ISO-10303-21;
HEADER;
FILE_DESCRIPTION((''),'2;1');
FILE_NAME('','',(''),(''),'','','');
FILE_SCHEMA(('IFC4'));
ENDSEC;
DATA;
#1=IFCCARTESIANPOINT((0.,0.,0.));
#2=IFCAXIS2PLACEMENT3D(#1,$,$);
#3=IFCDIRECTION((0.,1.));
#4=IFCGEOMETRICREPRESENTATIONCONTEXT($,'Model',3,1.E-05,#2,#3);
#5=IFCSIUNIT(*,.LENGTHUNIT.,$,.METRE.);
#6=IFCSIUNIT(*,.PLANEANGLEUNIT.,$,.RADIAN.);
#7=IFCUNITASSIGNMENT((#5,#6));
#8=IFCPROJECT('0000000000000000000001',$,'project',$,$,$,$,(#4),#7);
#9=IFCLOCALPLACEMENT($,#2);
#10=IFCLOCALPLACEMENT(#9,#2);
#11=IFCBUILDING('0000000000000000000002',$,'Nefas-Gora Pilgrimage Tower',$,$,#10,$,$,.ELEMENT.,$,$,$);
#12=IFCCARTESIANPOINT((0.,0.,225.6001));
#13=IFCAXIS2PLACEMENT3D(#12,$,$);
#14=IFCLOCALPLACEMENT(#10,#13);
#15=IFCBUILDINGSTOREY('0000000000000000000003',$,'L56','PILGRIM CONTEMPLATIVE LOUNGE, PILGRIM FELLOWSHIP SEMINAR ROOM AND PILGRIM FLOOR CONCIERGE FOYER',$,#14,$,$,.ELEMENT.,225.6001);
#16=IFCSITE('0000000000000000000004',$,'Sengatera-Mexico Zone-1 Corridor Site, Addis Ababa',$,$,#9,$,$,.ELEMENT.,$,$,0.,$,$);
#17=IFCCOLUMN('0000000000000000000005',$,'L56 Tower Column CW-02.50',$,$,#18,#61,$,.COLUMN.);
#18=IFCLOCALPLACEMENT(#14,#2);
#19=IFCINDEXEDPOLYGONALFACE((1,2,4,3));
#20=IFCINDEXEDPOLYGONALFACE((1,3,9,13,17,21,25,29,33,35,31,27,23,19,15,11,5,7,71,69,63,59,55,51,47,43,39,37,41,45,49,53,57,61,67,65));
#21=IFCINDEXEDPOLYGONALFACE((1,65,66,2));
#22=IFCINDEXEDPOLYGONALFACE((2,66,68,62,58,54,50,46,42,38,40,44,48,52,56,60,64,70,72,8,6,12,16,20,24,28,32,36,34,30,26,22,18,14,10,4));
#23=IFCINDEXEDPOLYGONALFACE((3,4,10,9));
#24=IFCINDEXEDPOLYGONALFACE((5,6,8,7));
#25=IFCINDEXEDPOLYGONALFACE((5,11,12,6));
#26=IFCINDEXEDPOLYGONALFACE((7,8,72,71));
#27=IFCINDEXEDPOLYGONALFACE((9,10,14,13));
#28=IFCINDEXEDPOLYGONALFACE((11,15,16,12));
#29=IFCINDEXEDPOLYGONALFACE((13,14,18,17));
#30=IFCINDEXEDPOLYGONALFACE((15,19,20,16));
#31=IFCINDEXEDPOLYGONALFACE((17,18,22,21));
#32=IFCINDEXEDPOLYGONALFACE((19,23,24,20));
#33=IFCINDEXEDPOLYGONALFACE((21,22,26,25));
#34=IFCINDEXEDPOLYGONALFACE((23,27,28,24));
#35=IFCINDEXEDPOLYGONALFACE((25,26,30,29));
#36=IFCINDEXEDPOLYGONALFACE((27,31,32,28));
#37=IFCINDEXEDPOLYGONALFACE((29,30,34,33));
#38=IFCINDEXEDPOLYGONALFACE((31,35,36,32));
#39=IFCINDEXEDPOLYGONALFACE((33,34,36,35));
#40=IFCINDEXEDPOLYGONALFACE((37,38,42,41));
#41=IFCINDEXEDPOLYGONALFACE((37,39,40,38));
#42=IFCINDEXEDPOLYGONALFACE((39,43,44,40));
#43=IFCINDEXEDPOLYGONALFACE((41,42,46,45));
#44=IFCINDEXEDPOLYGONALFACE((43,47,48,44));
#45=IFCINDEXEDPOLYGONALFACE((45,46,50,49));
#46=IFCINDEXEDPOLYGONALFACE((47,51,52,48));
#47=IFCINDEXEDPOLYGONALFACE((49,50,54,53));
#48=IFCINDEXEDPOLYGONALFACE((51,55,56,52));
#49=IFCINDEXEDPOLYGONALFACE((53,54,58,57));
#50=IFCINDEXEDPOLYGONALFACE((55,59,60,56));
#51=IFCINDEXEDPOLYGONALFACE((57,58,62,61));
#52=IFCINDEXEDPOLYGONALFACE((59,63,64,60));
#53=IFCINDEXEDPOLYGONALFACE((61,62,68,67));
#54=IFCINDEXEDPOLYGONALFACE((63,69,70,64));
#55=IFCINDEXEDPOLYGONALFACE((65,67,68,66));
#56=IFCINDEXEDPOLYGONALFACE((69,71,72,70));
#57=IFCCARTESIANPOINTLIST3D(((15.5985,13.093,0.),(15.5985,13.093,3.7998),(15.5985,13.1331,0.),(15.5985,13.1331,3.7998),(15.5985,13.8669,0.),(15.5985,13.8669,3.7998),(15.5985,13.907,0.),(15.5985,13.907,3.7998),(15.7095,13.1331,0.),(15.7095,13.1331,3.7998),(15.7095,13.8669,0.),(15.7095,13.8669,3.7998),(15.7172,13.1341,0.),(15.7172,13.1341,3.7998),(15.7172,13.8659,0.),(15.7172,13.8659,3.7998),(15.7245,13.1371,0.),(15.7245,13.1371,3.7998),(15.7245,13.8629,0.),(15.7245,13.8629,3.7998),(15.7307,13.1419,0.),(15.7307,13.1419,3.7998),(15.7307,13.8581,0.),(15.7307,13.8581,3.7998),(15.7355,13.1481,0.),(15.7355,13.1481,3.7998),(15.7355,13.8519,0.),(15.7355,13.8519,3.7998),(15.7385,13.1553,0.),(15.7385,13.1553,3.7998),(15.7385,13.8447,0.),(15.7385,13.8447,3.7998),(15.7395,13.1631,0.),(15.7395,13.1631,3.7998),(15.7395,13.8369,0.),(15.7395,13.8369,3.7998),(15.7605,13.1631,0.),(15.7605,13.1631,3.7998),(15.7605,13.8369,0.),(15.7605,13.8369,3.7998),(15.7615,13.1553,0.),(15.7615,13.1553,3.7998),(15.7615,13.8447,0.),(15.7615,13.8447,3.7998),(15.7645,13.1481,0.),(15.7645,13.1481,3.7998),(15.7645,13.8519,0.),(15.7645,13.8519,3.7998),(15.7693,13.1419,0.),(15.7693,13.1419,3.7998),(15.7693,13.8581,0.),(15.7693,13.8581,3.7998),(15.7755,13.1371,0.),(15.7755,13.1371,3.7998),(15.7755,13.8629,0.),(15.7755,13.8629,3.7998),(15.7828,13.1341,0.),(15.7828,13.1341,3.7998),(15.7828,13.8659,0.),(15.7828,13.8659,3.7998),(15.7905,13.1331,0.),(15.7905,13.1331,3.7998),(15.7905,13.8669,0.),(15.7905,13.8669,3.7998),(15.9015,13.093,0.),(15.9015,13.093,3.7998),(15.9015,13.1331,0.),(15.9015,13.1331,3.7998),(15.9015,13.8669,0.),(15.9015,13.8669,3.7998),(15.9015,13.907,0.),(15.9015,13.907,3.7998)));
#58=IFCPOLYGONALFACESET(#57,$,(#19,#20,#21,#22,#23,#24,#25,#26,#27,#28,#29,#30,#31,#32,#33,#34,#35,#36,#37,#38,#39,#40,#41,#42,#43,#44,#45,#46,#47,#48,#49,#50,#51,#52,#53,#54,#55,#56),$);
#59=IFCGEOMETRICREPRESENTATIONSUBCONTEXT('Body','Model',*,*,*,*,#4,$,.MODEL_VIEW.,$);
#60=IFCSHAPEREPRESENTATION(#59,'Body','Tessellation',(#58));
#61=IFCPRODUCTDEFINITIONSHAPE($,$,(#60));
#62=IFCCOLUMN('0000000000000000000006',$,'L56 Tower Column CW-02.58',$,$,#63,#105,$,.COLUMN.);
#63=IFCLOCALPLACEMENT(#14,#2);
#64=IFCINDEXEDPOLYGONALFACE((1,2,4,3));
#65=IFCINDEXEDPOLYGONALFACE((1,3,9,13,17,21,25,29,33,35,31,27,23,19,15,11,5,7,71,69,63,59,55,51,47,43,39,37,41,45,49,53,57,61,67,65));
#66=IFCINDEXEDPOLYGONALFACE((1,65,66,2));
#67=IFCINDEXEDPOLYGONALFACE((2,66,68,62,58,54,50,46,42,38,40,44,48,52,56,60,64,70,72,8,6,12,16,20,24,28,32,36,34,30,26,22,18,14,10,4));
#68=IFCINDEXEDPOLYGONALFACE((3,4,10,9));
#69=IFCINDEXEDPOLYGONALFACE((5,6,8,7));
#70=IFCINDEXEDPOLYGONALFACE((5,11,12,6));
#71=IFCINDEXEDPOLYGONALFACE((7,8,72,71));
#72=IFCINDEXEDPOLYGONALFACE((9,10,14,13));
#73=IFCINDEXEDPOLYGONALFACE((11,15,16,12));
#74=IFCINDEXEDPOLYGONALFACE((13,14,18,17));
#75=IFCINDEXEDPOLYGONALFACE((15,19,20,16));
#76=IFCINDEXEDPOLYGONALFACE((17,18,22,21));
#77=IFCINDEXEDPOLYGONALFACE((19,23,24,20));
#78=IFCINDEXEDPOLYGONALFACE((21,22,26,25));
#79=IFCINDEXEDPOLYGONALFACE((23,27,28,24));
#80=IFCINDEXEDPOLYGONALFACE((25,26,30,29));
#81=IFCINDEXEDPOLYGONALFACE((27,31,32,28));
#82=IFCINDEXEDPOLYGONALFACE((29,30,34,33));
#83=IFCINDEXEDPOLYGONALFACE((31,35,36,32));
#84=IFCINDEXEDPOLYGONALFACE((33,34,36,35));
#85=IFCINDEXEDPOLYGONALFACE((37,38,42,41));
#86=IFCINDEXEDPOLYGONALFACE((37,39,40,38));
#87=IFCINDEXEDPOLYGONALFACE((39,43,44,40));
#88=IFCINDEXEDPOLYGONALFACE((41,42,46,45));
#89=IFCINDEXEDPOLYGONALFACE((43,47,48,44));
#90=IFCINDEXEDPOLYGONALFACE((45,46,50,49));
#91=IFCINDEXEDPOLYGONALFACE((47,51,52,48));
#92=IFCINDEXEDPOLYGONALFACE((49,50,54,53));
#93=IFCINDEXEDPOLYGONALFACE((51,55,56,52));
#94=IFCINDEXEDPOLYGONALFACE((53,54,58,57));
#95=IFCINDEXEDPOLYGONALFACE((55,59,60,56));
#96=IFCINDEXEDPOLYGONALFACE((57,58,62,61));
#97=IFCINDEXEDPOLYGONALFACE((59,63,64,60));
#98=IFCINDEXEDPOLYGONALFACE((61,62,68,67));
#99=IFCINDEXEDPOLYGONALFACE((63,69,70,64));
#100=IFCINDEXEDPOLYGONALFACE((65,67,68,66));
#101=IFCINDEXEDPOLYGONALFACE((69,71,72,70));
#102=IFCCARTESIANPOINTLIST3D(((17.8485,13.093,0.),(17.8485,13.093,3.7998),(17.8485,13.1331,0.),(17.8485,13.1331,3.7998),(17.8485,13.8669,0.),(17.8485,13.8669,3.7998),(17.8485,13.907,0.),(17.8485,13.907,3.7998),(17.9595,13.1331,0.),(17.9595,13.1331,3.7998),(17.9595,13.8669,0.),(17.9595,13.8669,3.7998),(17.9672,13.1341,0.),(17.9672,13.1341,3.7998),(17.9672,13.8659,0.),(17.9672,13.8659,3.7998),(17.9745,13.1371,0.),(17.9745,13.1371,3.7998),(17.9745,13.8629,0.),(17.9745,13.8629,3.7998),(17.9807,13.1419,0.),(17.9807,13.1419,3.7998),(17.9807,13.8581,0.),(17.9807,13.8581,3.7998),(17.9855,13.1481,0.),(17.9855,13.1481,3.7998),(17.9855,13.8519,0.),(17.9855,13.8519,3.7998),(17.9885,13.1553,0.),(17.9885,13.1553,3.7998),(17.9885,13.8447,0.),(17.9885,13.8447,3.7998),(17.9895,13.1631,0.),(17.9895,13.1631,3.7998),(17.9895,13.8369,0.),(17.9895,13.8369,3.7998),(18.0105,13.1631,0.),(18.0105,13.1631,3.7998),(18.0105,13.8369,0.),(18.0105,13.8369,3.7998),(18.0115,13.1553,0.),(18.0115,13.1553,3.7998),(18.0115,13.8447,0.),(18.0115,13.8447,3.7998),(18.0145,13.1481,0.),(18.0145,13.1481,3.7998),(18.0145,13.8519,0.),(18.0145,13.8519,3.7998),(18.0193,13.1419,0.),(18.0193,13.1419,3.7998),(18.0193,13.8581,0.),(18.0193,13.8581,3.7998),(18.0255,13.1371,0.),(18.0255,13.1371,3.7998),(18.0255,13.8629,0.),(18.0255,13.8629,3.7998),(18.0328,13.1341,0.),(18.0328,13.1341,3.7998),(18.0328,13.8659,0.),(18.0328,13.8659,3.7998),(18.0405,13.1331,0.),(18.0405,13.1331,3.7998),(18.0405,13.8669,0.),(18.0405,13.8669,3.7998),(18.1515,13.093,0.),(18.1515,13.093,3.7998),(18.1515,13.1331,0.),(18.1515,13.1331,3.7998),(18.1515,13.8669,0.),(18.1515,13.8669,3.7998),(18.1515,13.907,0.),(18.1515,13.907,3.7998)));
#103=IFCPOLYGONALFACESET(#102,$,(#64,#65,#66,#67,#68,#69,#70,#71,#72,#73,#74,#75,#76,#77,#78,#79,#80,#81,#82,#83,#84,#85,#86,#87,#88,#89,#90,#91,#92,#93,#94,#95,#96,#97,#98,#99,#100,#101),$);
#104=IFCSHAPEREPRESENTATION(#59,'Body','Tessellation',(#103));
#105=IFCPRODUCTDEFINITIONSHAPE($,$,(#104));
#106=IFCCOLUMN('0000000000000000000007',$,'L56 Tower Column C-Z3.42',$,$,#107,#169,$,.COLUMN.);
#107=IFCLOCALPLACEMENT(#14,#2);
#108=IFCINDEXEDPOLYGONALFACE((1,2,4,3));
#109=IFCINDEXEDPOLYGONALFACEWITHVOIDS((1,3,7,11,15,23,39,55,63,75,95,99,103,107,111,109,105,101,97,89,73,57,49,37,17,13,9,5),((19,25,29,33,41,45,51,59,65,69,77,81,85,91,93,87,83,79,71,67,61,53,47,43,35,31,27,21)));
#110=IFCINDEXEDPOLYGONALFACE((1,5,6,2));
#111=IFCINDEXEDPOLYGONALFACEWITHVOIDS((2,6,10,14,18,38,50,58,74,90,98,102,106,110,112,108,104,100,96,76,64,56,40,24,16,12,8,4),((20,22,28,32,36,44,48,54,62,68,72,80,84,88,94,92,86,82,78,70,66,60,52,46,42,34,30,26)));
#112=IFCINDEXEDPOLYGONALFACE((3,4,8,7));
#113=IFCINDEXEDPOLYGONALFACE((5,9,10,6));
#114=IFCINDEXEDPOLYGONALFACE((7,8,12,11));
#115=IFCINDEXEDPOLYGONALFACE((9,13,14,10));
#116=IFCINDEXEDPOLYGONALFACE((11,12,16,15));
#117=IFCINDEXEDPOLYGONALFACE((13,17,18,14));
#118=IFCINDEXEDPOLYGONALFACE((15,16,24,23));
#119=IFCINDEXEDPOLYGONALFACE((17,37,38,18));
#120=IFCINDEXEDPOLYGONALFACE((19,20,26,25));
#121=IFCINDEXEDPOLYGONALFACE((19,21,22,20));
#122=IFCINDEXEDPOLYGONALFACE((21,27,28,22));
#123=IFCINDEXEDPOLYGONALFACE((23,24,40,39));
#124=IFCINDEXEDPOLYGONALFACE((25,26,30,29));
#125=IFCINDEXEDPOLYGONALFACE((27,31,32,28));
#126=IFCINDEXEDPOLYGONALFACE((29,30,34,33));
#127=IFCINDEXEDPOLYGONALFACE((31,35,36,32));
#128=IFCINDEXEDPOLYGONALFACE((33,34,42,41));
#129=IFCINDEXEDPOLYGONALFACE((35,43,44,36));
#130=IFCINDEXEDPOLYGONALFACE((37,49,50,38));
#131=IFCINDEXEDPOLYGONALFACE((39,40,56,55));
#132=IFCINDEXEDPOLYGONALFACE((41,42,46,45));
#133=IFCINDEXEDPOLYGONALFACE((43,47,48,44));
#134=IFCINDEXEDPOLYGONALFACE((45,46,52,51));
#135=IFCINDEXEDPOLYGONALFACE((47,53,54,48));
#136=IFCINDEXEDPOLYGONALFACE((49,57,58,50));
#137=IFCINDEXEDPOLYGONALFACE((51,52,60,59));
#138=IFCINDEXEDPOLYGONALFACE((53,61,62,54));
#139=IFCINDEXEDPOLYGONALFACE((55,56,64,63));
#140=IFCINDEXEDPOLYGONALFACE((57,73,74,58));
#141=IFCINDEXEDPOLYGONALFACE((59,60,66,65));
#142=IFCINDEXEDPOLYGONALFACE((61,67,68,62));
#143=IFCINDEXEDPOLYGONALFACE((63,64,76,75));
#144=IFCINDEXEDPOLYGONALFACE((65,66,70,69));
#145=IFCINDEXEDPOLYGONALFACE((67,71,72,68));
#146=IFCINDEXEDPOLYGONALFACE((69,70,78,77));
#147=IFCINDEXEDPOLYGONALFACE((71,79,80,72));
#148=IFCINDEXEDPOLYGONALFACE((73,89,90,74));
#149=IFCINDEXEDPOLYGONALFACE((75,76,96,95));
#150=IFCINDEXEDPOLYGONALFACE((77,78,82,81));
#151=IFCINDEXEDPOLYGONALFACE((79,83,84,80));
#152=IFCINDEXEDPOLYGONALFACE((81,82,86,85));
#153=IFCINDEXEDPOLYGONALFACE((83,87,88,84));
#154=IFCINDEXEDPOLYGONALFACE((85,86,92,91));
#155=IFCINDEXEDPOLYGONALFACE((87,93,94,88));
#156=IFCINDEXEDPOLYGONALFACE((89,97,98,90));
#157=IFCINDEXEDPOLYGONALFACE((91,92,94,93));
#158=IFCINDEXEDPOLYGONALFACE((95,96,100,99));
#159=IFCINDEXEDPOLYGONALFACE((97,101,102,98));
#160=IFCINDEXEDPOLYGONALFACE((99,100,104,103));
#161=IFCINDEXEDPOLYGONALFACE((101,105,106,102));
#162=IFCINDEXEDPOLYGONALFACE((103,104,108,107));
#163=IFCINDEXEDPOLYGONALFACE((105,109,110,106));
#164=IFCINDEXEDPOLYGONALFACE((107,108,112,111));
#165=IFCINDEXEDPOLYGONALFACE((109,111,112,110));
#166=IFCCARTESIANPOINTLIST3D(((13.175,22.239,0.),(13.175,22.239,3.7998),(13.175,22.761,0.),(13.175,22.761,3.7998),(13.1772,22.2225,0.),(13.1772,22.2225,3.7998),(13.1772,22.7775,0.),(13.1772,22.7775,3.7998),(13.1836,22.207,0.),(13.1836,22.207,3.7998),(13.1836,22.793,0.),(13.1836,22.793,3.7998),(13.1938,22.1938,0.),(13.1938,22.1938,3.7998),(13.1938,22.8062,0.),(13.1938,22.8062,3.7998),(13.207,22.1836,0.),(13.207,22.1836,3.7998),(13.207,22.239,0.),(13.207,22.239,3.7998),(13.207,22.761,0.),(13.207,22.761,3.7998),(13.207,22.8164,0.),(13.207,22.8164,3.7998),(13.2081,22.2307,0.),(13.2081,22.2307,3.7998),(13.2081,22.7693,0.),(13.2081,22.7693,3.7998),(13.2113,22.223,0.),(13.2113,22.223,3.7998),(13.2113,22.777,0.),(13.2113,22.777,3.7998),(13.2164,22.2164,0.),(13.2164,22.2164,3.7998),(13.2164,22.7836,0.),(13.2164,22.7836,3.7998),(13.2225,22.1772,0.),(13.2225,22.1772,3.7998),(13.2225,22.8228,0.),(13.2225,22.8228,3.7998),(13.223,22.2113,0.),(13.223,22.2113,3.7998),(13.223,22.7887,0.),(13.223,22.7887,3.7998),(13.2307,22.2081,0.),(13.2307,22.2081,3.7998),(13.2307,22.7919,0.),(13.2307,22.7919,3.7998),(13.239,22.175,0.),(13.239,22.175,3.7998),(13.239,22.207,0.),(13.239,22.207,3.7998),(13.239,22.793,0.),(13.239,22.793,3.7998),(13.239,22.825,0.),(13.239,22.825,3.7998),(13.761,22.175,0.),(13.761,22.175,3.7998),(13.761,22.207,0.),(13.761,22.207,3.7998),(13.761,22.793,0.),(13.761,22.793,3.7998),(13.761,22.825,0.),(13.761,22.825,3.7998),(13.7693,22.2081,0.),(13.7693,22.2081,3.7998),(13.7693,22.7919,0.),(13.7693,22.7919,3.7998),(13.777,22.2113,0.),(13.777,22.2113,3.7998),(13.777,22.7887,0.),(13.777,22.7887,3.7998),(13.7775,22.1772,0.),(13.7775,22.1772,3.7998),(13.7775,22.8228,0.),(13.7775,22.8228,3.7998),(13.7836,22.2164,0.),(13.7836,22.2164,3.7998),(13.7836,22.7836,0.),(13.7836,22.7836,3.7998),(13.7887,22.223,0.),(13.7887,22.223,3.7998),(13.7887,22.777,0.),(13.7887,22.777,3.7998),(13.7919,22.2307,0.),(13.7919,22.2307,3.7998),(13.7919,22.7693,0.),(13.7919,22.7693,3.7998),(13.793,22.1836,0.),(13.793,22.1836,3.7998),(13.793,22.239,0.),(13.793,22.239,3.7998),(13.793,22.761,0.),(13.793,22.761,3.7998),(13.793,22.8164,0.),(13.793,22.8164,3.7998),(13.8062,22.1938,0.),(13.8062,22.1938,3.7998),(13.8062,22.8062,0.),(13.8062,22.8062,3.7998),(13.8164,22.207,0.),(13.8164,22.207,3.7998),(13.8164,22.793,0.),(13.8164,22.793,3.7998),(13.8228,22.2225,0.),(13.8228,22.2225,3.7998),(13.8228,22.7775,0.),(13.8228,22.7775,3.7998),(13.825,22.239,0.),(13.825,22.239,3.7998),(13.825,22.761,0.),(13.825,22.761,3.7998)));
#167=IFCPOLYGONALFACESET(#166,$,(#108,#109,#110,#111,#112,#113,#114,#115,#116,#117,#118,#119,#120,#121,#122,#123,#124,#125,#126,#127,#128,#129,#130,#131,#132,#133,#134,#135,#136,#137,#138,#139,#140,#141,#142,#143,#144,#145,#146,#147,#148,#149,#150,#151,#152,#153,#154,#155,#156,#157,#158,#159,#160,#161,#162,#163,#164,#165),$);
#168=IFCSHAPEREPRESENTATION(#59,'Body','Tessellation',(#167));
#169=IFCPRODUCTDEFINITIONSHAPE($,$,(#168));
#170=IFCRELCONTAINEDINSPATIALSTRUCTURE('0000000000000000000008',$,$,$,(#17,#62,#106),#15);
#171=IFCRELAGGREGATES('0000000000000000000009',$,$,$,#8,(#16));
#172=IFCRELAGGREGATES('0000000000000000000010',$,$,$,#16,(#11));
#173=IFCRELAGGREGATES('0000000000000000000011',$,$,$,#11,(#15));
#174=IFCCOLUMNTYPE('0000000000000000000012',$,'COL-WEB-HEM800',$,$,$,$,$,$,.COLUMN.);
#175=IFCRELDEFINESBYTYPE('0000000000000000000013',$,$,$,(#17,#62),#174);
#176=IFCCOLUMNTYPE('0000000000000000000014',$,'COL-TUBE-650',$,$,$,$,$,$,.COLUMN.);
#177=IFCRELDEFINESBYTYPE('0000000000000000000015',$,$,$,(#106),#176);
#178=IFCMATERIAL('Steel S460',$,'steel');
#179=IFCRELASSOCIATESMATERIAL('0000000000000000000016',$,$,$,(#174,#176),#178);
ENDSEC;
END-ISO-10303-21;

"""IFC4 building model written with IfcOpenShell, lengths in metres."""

from ifc_helpers import new_model, si_unit, direction, frame, origin, origin_2d, place, context, subcontext, project, spatial, hollow_rectangle, i_section, extrude, source, transform, mapped, material, material_profile, profile_set, type_object, element, save


model = new_model("IFC4")

# Units and contexts
model_context = context("Model", 3, precision=1e-05, world=origin(), true_north=direction((0.0, 1.0)))
body_context = subcontext(model_context, "Body", "Model", "MODEL_VIEW")
ifc_project = project(units=[si_unit("LENGTHUNIT", "METRE"), si_unit("PLANEANGLEUNIT", "RADIAN")], contexts=[model_context])

# Site, building, storey
site_placement = place(None, origin())
site = spatial("IfcSite", under=ifc_project, at=site_placement, Name="Sengatera-Mexico Zone-1 Corridor Site, Addis Ababa", CompositionType="ELEMENT", RefElevation=0.0)
building_placement = place(site_placement, origin())
building = spatial("IfcBuilding", under=site, at=building_placement, Name="Nefas-Gora Pilgrimage Tower", CompositionType="ELEMENT")
storey_placement = place(building_placement, frame((0.0, 0.0, 225.6001)))
storey = spatial("IfcBuildingStorey", under=building, at=storey_placement, Name="L56", Description="PILGRIM CONTEMPLATIVE LOUNGE, PILGRIM FELLOWSHIP SEMINAR ROOM AND PILGRIM FLOOR CONCIERGE FOYER", CompositionType="ELEMENT", Elevation=225.6001)

# Columns
ifc_material_1 = material(Name="Steel S460", Category="steel")
ifc_material_profile_1 = material_profile(ifc_material_1, i_section(OverallWidth=0.303, OverallDepth=0.814, WebThickness=0.021, FlangeThickness=0.04, FilletRadius=0.03, at=origin_2d()), Name="HEM 800")
ifc_profile_set_1 = profile_set([ifc_material_profile_1], Name="Steel S460")
column_type_1 = type_object("IfcColumnType", Name="COL-WEB-HEM800", PredefinedType="COLUMN", material=ifc_profile_set_1)
shared_shape_1 = source(origin(), body_context, "Body", "SweptSolid", [
    extrude(i_section(OverallWidth=0.303, OverallDepth=0.814, WebThickness=0.021, FlangeThickness=0.04, FilletRadius=0.03, at=origin_2d()), origin(), (0.0, 0.0, 1.0), 3.7998),
])
for number, where, z_axis, x_axis, name in (
    (1, (15.75, 13.5, 0.0), (0.0, 0.0, 1.0), (1.0, 0.0, 0.0), "L56 Tower Column CW-02.50"),
    (2, (18.0, 13.5, 0.0), (0.0, 0.0, 1.0), (1.0, 0.0, 0.0), "L56 Tower Column CW-02.58"),
):
    element("IfcColumn", number, at=place(storey_placement, frame(where, z_axis=z_axis, x_axis=x_axis)), inside=storey, type_object=column_type_1, Name=name, PredefinedType="COLUMN", context=body_context, shape_type="MappedRepresentation", body=[
        mapped(shared_shape_1, transform((0.0, 0.0, 0.0), x_axis=(1.0, 0.0, 0.0), y_axis=(0.0, 1.0, 0.0), z_axis=(0.0, 0.0, 1.0), scale=1.0)),
    ])
ifc_material_profile_2 = material_profile(ifc_material_1, hollow_rectangle(XDim=0.6499, YDim=0.6499, WallThickness=0.032, InnerFilletRadius=0.032, OuterFilletRadius=0.064, at=origin_2d()), Name="BOX 650x650x32")
ifc_profile_set_2 = profile_set([ifc_material_profile_2], Name="Steel S460")
column_type_2 = type_object("IfcColumnType", Name="COL-TUBE-650", PredefinedType="COLUMN", material=ifc_profile_set_2)
shared_shape_2 = source(origin(), body_context, "Body", "SweptSolid", [
    extrude(hollow_rectangle(XDim=0.6499, YDim=0.6499, WallThickness=0.032, InnerFilletRadius=0.032, OuterFilletRadius=0.064, at=origin_2d()), origin(), (0.0, 0.0, 1.0), 3.7998),
])
for number, where, z_axis, x_axis, name in (
    (3, (13.5, 22.5, 0.0), (0.0, 0.0, 1.0), (1.0, 0.0, 0.0), "L56 Tower Column C-Z3.42"),
):
    element("IfcColumn", number, at=place(storey_placement, frame(where, z_axis=z_axis, x_axis=x_axis)), inside=storey, type_object=column_type_2, Name=name, PredefinedType="COLUMN", context=body_context, shape_type="MappedRepresentation", body=[
        mapped(shared_shape_2, transform((0.0, 0.0, 0.0), x_axis=(1.0, 0.0, 0.0), y_axis=(0.0, 1.0, 0.0), z_axis=(0.0, 0.0, 1.0), scale=1.0)),
    ])

save(model, "model.ifc")
